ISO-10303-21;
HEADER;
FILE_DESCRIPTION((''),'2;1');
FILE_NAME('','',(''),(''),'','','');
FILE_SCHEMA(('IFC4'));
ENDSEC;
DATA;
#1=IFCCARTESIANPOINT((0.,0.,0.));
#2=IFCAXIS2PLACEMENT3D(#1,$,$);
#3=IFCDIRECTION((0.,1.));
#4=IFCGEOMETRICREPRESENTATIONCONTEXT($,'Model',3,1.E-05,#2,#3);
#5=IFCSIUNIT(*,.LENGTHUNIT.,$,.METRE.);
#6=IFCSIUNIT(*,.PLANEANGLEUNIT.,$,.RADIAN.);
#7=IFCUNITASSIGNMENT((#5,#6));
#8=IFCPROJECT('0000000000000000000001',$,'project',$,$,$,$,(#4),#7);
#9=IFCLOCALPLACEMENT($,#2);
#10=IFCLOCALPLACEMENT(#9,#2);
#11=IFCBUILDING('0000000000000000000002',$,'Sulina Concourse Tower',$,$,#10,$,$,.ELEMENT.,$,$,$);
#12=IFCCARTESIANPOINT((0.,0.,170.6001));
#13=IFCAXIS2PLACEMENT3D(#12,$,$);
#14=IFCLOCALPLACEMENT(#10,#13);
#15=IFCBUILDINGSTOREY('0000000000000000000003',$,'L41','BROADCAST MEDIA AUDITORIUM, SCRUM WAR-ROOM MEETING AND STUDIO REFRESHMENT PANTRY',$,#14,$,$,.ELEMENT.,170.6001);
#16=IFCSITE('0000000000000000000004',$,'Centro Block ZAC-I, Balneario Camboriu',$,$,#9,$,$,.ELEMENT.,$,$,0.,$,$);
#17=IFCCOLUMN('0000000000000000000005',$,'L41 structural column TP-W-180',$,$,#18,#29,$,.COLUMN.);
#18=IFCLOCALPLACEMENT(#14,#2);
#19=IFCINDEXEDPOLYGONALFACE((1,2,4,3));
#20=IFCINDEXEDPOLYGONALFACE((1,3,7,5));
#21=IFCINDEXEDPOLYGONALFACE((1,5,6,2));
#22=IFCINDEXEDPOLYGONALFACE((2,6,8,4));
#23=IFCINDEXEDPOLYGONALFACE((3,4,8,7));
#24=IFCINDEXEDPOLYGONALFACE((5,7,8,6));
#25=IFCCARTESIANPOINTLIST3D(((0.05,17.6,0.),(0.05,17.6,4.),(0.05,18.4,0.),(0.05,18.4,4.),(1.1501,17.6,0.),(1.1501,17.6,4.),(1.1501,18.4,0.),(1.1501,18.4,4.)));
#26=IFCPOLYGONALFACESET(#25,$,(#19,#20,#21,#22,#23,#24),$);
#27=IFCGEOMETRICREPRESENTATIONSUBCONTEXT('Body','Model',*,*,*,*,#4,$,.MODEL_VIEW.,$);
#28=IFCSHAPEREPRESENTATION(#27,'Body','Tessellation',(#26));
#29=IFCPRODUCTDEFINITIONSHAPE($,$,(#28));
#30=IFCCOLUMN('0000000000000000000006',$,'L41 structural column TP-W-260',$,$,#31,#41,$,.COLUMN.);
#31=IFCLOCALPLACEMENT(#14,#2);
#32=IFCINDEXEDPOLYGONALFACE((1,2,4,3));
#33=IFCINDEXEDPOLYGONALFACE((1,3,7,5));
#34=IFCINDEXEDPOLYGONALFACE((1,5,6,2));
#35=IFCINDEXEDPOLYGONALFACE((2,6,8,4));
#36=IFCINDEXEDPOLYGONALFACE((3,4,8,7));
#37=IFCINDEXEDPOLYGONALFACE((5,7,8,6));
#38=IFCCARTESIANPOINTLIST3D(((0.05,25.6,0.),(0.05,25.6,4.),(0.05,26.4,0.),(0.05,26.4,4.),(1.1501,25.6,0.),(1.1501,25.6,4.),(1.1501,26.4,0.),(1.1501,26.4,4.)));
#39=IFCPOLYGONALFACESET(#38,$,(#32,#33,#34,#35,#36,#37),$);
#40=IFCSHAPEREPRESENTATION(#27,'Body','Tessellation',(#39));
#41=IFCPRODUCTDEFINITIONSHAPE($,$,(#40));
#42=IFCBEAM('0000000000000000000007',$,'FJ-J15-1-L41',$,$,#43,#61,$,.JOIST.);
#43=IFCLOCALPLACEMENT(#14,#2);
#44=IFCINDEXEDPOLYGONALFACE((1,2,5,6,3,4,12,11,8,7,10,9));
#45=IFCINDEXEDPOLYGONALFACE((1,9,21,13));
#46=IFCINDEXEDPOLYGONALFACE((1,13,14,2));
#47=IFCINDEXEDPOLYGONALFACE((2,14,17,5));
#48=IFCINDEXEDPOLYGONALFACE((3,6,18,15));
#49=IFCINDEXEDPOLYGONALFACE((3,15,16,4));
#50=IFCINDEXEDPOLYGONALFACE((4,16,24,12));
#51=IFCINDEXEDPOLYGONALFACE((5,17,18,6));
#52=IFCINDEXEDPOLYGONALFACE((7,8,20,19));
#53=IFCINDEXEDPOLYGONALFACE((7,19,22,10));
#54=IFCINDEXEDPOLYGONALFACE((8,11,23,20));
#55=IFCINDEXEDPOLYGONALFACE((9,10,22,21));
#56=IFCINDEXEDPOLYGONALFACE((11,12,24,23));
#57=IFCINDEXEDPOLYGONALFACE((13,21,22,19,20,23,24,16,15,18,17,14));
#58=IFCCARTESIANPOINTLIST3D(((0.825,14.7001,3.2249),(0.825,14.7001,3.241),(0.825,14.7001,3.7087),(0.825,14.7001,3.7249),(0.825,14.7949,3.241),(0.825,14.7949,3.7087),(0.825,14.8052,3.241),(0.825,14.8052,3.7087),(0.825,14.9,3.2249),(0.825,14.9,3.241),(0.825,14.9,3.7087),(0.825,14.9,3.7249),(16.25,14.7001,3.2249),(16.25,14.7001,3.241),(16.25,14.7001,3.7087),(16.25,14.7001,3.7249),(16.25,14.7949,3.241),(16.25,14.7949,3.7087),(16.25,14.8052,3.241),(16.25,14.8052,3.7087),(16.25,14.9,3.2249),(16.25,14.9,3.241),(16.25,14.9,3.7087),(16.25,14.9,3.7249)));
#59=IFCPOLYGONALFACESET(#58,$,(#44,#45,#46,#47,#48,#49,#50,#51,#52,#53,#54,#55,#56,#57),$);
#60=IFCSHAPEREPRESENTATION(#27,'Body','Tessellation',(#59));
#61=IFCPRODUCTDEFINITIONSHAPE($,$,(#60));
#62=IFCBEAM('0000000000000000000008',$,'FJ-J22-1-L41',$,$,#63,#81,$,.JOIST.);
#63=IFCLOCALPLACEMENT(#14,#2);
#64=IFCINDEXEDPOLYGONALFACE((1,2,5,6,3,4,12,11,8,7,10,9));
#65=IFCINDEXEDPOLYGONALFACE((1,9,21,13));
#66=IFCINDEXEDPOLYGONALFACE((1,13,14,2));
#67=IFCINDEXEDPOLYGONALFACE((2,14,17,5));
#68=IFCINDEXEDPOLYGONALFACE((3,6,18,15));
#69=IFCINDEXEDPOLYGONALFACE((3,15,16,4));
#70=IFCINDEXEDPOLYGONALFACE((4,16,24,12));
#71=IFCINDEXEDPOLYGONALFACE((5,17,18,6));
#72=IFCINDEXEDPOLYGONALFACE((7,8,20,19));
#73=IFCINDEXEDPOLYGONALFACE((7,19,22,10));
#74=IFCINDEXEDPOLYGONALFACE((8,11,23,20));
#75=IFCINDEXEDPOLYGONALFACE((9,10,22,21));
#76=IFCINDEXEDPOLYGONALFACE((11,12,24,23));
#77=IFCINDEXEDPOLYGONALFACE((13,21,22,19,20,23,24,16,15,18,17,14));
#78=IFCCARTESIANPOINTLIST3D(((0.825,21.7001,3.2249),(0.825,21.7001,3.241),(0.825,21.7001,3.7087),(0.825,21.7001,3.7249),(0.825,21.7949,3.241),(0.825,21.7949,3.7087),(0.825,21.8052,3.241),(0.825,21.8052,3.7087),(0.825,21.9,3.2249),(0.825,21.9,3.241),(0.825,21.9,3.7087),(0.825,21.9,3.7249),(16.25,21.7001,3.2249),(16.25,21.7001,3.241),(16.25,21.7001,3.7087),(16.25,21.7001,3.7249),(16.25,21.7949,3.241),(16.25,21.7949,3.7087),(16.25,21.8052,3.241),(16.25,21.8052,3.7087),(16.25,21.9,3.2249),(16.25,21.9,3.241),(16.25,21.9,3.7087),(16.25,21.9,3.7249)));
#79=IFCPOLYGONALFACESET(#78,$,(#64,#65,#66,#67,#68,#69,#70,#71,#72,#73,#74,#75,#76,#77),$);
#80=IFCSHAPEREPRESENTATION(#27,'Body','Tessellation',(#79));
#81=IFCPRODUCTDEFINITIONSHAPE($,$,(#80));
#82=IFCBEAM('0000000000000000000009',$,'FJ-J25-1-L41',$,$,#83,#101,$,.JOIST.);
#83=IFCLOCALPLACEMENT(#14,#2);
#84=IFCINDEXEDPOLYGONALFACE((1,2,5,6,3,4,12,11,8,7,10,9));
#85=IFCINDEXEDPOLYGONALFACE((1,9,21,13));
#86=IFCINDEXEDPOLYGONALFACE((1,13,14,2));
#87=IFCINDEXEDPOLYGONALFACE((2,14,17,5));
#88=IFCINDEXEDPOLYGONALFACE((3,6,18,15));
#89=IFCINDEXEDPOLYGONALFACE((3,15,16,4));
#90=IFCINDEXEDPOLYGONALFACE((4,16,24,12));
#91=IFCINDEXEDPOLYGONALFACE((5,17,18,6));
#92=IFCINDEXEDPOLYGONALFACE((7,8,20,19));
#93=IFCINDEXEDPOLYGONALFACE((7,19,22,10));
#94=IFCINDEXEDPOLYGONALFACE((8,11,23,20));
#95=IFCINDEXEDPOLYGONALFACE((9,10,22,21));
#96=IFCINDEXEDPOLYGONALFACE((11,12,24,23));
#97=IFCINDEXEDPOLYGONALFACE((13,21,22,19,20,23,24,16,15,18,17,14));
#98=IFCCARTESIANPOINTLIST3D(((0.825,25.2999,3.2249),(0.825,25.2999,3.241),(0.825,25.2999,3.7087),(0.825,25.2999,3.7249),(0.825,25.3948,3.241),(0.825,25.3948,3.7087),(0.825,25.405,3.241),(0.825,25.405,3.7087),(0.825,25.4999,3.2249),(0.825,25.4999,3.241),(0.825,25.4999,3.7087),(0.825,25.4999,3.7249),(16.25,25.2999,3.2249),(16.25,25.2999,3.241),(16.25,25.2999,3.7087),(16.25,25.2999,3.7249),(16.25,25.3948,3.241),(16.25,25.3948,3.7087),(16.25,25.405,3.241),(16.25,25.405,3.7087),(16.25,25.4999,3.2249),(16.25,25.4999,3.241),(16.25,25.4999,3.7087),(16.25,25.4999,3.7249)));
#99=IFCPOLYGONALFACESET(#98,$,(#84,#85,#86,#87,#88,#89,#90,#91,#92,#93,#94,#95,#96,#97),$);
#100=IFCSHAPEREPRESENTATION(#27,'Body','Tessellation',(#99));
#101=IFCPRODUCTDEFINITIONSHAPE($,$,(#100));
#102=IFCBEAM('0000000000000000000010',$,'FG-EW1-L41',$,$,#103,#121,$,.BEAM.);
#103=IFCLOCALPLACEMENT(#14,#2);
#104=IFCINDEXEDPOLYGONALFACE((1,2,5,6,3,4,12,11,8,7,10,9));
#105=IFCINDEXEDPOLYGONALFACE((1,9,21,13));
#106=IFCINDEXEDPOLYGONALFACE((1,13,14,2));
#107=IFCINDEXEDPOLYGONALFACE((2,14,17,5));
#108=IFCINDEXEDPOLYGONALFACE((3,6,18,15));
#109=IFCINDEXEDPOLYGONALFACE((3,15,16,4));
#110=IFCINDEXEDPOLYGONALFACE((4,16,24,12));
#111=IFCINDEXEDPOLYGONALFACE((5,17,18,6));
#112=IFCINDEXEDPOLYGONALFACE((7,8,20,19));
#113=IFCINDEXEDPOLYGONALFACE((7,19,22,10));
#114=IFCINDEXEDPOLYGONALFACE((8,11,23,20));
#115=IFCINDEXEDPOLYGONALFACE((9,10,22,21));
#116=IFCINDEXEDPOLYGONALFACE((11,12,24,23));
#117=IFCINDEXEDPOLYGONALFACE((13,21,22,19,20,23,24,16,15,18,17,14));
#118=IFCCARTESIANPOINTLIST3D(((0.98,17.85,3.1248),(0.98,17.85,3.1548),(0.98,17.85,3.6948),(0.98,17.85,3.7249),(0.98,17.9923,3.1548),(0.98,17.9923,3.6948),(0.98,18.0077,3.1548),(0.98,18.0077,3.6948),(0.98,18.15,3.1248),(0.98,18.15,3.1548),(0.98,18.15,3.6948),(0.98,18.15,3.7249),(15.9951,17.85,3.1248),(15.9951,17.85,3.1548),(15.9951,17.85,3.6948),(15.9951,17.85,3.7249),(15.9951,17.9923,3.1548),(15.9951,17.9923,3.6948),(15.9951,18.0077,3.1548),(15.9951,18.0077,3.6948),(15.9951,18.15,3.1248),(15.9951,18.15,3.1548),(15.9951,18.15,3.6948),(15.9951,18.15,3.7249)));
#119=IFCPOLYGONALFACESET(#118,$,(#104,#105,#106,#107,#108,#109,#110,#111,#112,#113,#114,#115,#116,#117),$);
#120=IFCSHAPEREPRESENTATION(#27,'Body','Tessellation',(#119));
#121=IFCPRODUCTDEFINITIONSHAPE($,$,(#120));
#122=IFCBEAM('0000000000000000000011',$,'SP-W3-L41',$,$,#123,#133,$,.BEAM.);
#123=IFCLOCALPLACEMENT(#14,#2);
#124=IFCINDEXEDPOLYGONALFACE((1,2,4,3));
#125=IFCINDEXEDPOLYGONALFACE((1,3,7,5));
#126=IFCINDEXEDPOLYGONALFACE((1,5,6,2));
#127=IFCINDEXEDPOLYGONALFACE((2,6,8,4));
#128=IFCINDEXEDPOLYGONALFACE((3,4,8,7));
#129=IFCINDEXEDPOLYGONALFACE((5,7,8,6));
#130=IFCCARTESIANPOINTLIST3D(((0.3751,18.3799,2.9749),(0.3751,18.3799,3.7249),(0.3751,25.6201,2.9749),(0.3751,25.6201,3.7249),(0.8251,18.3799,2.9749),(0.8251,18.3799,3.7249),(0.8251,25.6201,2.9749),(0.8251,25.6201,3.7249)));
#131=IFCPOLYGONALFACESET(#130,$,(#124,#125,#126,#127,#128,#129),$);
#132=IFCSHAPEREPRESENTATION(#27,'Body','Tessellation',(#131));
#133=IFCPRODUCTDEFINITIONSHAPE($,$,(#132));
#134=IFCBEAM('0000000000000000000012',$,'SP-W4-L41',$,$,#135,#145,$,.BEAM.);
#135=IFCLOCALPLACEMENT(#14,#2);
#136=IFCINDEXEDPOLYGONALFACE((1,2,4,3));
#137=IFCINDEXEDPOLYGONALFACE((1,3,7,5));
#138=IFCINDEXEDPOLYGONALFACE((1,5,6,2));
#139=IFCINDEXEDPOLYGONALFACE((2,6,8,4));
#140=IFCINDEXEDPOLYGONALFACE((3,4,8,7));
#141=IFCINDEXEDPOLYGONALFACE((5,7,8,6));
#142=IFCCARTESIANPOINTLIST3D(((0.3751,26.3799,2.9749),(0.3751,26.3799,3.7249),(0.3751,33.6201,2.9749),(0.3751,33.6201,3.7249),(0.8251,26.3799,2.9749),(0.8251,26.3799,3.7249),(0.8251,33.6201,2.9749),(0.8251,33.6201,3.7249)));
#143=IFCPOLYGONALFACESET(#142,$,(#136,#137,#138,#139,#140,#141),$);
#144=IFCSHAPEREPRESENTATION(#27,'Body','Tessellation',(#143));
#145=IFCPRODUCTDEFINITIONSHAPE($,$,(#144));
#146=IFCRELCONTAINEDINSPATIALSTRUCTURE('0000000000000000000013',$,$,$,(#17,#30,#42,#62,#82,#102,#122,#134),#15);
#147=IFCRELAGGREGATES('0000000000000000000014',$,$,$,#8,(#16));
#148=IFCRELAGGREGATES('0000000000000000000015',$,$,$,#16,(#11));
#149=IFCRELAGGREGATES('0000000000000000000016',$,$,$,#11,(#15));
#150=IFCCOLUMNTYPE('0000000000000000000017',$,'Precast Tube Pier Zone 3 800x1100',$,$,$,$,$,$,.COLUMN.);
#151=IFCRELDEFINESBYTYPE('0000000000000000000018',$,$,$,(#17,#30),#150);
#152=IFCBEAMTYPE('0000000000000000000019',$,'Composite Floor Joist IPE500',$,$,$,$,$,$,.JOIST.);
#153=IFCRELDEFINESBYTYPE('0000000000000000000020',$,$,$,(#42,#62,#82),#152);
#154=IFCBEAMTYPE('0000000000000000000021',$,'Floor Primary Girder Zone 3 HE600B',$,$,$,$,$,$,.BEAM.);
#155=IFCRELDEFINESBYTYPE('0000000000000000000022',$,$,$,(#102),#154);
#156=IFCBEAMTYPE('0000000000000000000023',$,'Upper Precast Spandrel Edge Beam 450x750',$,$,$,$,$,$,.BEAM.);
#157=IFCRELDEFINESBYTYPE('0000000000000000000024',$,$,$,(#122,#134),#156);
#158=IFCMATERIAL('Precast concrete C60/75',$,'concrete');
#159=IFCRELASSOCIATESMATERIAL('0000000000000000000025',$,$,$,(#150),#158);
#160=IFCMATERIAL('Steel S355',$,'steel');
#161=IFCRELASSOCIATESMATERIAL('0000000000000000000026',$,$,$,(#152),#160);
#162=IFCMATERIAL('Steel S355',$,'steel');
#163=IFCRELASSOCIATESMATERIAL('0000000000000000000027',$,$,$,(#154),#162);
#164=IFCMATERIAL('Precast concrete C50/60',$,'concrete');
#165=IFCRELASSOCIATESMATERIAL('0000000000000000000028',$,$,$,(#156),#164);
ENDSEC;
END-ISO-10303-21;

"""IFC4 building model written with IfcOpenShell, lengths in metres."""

from ifc_helpers import new_model, si_unit, direction, frame, origin, origin_2d, place, context, subcontext, project, spatial, rectangle, i_section, extrude, material, material_profile, profile_set, type_object, element, save


model = new_model("IFC4")

# Units and contexts
model_context = context("Model", 3, precision=1e-05, world=origin(), true_north=direction((0.0, 1.0)))
body_context = subcontext(model_context, "Body", "Model", "MODEL_VIEW")
ifc_project = project(units=[si_unit("LENGTHUNIT", "METRE"), si_unit("PLANEANGLEUNIT", "RADIAN")], contexts=[model_context])

# Site, building, storey
site_placement = place(None, origin())
site = spatial("IfcSite", under=ifc_project, at=site_placement, Name="Centro Block ZAC-I, Balneario Camboriu", CompositionType="ELEMENT", RefElevation=0.0)
building_placement = place(site_placement, origin())
building = spatial("IfcBuilding", under=site, at=building_placement, Name="Sulina Concourse Tower", CompositionType="ELEMENT")
storey_placement = place(building_placement, frame((0.0, 0.0, 170.6001)))
storey = spatial("IfcBuildingStorey", under=building, at=storey_placement, Name="L41", Description="BROADCAST MEDIA AUDITORIUM, SCRUM WAR-ROOM MEETING AND STUDIO REFRESHMENT PANTRY", CompositionType="ELEMENT", Elevation=170.6001)

# Columns
ifc_material_1 = material(Name="Precast concrete C60/75", Category="concrete")
ifc_material_profile_1 = material_profile(ifc_material_1, rectangle(XDim=0.8, YDim=1.1001, at=origin_2d()), Name="PC 800x1100")
ifc_profile_set_1 = profile_set([ifc_material_profile_1], Name="Precast concrete C60/75")
column_type = type_object("IfcColumnType", Name="Precast Tube Pier Zone 3 800x1100", PredefinedType="COLUMN", material=ifc_profile_set_1)
for number, where, z_axis, x_axis, name in (
    (1, (0.6001, 18.0, 0.0), (0.0, 0.0, 1.0), (0.0, 1.0, 0.0), "L41 structural column TP-W-180"),
    (2, (0.6001, 26.0, 0.0), (0.0, 0.0, 1.0), (0.0, 1.0, 0.0), "L41 structural column TP-W-260"),
):
    element("IfcColumn", number, at=place(storey_placement, frame(where, z_axis=z_axis, x_axis=x_axis)), inside=storey, type_object=column_type, Name=name, PredefinedType="COLUMN", context=body_context, shape_type="SweptSolid", body=[
        extrude(rectangle(XDim=0.8, YDim=1.1001, at=origin_2d()), origin(), (0.0, 0.0, 1.0), 4.0),
    ])

# Beams
ifc_material_2 = material(Name="Steel S355", Category="steel")
ifc_material_profile_2 = material_profile(ifc_material_2, i_section(OverallWidth=0.2, OverallDepth=0.5, WebThickness=0.0103, FlangeThickness=0.0161, at=origin_2d()), Name="IPE 500")
ifc_profile_set_2 = profile_set([ifc_material_profile_2], Name="Steel S355")
beam_type_1 = type_object("IfcBeamType", Name="Composite Floor Joist IPE500", PredefinedType="JOIST", material=ifc_profile_set_2)
for number, where, z_axis, x_axis, name in (
    (3, (0.825, 14.8, 3.4749), (1.0, 0.0, 0.0), (0.0, 1.0, 0.0), "FJ-J15-1-L41"),
    (4, (0.825, 21.8, 3.4749), (1.0, 0.0, 0.0), (0.0, 1.0, 0.0), "FJ-J22-1-L41"),
    (5, (0.825, 25.3999, 3.4749), (1.0, 0.0, 0.0), (0.0, 1.0, 0.0), "FJ-J25-1-L41"),
):
    element("IfcBeam", number, at=place(storey_placement, frame(where, z_axis=z_axis, x_axis=x_axis)), inside=storey, type_object=beam_type_1, Name=name, PredefinedType="JOIST", context=body_context, shape_type="SweptSolid", body=[
        extrude(i_section(OverallWidth=0.2, OverallDepth=0.5, WebThickness=0.0103, FlangeThickness=0.0161, at=origin_2d()), origin(), (0.0, 0.0, 1.0), 15.425),
    ])
ifc_material_3 = material(Name="Steel S355", Category="steel")
ifc_material_profile_3 = material_profile(ifc_material_3, i_section(OverallWidth=0.3, OverallDepth=0.6001, WebThickness=0.0154, FlangeThickness=0.03, at=origin_2d()), Name="HE 600 B")
ifc_profile_set_3 = profile_set([ifc_material_profile_3], Name="Steel S355")
beam_type_2 = type_object("IfcBeamType", Name="Floor Primary Girder Zone 3 HE600B", PredefinedType="BEAM", material=ifc_profile_set_3)
beam_placement = place(storey_placement, frame((0.98, 18.0, 3.4248), z_axis=(1.0, 0.0, 0.0), x_axis=(0.0, 1.0, 0.0)))
element("IfcBeam", 6, at=beam_placement, inside=storey, type_object=beam_type_2, Name="FG-EW1-L41", PredefinedType="BEAM", context=body_context, shape_type="SweptSolid", body=[
    extrude(i_section(OverallWidth=0.3, OverallDepth=0.6001, WebThickness=0.0154, FlangeThickness=0.03, at=origin_2d()), origin(), (0.0, 0.0, 1.0), 15.0151),
])
ifc_material_4 = material(Name="Precast concrete C50/60", Category="concrete")
ifc_material_profile_4 = material_profile(ifc_material_4, rectangle(XDim=0.45, YDim=0.75, at=origin_2d()), Name="RC 450x750")
ifc_profile_set_4 = profile_set([ifc_material_profile_4], Name="Precast concrete C50/60")
beam_type_3 = type_object("IfcBeamType", Name="Upper Precast Spandrel Edge Beam 450x750", PredefinedType="BEAM", material=ifc_profile_set_4)
for number, where, z_axis, x_axis, name in (
    (7, (0.6001, 18.3799, 3.3499), (0.0, 1.0, 0.0), (-1.0, 0.0, 0.0), "SP-W3-L41"),
    (8, (0.6001, 26.3799, 3.3499), (0.0, 1.0, 0.0), (-1.0, 0.0, 0.0), "SP-W4-L41"),
):
    element("IfcBeam", number, at=place(storey_placement, frame(where, z_axis=z_axis, x_axis=x_axis)), inside=storey, type_object=beam_type_3, Name=name, PredefinedType="BEAM", context=body_context, shape_type="SweptSolid", body=[
        extrude(rectangle(XDim=0.45, YDim=0.75, at=origin_2d()), origin(), (0.0, 0.0, 1.0), 7.2402),
    ])

save(model, "model.ifc")
